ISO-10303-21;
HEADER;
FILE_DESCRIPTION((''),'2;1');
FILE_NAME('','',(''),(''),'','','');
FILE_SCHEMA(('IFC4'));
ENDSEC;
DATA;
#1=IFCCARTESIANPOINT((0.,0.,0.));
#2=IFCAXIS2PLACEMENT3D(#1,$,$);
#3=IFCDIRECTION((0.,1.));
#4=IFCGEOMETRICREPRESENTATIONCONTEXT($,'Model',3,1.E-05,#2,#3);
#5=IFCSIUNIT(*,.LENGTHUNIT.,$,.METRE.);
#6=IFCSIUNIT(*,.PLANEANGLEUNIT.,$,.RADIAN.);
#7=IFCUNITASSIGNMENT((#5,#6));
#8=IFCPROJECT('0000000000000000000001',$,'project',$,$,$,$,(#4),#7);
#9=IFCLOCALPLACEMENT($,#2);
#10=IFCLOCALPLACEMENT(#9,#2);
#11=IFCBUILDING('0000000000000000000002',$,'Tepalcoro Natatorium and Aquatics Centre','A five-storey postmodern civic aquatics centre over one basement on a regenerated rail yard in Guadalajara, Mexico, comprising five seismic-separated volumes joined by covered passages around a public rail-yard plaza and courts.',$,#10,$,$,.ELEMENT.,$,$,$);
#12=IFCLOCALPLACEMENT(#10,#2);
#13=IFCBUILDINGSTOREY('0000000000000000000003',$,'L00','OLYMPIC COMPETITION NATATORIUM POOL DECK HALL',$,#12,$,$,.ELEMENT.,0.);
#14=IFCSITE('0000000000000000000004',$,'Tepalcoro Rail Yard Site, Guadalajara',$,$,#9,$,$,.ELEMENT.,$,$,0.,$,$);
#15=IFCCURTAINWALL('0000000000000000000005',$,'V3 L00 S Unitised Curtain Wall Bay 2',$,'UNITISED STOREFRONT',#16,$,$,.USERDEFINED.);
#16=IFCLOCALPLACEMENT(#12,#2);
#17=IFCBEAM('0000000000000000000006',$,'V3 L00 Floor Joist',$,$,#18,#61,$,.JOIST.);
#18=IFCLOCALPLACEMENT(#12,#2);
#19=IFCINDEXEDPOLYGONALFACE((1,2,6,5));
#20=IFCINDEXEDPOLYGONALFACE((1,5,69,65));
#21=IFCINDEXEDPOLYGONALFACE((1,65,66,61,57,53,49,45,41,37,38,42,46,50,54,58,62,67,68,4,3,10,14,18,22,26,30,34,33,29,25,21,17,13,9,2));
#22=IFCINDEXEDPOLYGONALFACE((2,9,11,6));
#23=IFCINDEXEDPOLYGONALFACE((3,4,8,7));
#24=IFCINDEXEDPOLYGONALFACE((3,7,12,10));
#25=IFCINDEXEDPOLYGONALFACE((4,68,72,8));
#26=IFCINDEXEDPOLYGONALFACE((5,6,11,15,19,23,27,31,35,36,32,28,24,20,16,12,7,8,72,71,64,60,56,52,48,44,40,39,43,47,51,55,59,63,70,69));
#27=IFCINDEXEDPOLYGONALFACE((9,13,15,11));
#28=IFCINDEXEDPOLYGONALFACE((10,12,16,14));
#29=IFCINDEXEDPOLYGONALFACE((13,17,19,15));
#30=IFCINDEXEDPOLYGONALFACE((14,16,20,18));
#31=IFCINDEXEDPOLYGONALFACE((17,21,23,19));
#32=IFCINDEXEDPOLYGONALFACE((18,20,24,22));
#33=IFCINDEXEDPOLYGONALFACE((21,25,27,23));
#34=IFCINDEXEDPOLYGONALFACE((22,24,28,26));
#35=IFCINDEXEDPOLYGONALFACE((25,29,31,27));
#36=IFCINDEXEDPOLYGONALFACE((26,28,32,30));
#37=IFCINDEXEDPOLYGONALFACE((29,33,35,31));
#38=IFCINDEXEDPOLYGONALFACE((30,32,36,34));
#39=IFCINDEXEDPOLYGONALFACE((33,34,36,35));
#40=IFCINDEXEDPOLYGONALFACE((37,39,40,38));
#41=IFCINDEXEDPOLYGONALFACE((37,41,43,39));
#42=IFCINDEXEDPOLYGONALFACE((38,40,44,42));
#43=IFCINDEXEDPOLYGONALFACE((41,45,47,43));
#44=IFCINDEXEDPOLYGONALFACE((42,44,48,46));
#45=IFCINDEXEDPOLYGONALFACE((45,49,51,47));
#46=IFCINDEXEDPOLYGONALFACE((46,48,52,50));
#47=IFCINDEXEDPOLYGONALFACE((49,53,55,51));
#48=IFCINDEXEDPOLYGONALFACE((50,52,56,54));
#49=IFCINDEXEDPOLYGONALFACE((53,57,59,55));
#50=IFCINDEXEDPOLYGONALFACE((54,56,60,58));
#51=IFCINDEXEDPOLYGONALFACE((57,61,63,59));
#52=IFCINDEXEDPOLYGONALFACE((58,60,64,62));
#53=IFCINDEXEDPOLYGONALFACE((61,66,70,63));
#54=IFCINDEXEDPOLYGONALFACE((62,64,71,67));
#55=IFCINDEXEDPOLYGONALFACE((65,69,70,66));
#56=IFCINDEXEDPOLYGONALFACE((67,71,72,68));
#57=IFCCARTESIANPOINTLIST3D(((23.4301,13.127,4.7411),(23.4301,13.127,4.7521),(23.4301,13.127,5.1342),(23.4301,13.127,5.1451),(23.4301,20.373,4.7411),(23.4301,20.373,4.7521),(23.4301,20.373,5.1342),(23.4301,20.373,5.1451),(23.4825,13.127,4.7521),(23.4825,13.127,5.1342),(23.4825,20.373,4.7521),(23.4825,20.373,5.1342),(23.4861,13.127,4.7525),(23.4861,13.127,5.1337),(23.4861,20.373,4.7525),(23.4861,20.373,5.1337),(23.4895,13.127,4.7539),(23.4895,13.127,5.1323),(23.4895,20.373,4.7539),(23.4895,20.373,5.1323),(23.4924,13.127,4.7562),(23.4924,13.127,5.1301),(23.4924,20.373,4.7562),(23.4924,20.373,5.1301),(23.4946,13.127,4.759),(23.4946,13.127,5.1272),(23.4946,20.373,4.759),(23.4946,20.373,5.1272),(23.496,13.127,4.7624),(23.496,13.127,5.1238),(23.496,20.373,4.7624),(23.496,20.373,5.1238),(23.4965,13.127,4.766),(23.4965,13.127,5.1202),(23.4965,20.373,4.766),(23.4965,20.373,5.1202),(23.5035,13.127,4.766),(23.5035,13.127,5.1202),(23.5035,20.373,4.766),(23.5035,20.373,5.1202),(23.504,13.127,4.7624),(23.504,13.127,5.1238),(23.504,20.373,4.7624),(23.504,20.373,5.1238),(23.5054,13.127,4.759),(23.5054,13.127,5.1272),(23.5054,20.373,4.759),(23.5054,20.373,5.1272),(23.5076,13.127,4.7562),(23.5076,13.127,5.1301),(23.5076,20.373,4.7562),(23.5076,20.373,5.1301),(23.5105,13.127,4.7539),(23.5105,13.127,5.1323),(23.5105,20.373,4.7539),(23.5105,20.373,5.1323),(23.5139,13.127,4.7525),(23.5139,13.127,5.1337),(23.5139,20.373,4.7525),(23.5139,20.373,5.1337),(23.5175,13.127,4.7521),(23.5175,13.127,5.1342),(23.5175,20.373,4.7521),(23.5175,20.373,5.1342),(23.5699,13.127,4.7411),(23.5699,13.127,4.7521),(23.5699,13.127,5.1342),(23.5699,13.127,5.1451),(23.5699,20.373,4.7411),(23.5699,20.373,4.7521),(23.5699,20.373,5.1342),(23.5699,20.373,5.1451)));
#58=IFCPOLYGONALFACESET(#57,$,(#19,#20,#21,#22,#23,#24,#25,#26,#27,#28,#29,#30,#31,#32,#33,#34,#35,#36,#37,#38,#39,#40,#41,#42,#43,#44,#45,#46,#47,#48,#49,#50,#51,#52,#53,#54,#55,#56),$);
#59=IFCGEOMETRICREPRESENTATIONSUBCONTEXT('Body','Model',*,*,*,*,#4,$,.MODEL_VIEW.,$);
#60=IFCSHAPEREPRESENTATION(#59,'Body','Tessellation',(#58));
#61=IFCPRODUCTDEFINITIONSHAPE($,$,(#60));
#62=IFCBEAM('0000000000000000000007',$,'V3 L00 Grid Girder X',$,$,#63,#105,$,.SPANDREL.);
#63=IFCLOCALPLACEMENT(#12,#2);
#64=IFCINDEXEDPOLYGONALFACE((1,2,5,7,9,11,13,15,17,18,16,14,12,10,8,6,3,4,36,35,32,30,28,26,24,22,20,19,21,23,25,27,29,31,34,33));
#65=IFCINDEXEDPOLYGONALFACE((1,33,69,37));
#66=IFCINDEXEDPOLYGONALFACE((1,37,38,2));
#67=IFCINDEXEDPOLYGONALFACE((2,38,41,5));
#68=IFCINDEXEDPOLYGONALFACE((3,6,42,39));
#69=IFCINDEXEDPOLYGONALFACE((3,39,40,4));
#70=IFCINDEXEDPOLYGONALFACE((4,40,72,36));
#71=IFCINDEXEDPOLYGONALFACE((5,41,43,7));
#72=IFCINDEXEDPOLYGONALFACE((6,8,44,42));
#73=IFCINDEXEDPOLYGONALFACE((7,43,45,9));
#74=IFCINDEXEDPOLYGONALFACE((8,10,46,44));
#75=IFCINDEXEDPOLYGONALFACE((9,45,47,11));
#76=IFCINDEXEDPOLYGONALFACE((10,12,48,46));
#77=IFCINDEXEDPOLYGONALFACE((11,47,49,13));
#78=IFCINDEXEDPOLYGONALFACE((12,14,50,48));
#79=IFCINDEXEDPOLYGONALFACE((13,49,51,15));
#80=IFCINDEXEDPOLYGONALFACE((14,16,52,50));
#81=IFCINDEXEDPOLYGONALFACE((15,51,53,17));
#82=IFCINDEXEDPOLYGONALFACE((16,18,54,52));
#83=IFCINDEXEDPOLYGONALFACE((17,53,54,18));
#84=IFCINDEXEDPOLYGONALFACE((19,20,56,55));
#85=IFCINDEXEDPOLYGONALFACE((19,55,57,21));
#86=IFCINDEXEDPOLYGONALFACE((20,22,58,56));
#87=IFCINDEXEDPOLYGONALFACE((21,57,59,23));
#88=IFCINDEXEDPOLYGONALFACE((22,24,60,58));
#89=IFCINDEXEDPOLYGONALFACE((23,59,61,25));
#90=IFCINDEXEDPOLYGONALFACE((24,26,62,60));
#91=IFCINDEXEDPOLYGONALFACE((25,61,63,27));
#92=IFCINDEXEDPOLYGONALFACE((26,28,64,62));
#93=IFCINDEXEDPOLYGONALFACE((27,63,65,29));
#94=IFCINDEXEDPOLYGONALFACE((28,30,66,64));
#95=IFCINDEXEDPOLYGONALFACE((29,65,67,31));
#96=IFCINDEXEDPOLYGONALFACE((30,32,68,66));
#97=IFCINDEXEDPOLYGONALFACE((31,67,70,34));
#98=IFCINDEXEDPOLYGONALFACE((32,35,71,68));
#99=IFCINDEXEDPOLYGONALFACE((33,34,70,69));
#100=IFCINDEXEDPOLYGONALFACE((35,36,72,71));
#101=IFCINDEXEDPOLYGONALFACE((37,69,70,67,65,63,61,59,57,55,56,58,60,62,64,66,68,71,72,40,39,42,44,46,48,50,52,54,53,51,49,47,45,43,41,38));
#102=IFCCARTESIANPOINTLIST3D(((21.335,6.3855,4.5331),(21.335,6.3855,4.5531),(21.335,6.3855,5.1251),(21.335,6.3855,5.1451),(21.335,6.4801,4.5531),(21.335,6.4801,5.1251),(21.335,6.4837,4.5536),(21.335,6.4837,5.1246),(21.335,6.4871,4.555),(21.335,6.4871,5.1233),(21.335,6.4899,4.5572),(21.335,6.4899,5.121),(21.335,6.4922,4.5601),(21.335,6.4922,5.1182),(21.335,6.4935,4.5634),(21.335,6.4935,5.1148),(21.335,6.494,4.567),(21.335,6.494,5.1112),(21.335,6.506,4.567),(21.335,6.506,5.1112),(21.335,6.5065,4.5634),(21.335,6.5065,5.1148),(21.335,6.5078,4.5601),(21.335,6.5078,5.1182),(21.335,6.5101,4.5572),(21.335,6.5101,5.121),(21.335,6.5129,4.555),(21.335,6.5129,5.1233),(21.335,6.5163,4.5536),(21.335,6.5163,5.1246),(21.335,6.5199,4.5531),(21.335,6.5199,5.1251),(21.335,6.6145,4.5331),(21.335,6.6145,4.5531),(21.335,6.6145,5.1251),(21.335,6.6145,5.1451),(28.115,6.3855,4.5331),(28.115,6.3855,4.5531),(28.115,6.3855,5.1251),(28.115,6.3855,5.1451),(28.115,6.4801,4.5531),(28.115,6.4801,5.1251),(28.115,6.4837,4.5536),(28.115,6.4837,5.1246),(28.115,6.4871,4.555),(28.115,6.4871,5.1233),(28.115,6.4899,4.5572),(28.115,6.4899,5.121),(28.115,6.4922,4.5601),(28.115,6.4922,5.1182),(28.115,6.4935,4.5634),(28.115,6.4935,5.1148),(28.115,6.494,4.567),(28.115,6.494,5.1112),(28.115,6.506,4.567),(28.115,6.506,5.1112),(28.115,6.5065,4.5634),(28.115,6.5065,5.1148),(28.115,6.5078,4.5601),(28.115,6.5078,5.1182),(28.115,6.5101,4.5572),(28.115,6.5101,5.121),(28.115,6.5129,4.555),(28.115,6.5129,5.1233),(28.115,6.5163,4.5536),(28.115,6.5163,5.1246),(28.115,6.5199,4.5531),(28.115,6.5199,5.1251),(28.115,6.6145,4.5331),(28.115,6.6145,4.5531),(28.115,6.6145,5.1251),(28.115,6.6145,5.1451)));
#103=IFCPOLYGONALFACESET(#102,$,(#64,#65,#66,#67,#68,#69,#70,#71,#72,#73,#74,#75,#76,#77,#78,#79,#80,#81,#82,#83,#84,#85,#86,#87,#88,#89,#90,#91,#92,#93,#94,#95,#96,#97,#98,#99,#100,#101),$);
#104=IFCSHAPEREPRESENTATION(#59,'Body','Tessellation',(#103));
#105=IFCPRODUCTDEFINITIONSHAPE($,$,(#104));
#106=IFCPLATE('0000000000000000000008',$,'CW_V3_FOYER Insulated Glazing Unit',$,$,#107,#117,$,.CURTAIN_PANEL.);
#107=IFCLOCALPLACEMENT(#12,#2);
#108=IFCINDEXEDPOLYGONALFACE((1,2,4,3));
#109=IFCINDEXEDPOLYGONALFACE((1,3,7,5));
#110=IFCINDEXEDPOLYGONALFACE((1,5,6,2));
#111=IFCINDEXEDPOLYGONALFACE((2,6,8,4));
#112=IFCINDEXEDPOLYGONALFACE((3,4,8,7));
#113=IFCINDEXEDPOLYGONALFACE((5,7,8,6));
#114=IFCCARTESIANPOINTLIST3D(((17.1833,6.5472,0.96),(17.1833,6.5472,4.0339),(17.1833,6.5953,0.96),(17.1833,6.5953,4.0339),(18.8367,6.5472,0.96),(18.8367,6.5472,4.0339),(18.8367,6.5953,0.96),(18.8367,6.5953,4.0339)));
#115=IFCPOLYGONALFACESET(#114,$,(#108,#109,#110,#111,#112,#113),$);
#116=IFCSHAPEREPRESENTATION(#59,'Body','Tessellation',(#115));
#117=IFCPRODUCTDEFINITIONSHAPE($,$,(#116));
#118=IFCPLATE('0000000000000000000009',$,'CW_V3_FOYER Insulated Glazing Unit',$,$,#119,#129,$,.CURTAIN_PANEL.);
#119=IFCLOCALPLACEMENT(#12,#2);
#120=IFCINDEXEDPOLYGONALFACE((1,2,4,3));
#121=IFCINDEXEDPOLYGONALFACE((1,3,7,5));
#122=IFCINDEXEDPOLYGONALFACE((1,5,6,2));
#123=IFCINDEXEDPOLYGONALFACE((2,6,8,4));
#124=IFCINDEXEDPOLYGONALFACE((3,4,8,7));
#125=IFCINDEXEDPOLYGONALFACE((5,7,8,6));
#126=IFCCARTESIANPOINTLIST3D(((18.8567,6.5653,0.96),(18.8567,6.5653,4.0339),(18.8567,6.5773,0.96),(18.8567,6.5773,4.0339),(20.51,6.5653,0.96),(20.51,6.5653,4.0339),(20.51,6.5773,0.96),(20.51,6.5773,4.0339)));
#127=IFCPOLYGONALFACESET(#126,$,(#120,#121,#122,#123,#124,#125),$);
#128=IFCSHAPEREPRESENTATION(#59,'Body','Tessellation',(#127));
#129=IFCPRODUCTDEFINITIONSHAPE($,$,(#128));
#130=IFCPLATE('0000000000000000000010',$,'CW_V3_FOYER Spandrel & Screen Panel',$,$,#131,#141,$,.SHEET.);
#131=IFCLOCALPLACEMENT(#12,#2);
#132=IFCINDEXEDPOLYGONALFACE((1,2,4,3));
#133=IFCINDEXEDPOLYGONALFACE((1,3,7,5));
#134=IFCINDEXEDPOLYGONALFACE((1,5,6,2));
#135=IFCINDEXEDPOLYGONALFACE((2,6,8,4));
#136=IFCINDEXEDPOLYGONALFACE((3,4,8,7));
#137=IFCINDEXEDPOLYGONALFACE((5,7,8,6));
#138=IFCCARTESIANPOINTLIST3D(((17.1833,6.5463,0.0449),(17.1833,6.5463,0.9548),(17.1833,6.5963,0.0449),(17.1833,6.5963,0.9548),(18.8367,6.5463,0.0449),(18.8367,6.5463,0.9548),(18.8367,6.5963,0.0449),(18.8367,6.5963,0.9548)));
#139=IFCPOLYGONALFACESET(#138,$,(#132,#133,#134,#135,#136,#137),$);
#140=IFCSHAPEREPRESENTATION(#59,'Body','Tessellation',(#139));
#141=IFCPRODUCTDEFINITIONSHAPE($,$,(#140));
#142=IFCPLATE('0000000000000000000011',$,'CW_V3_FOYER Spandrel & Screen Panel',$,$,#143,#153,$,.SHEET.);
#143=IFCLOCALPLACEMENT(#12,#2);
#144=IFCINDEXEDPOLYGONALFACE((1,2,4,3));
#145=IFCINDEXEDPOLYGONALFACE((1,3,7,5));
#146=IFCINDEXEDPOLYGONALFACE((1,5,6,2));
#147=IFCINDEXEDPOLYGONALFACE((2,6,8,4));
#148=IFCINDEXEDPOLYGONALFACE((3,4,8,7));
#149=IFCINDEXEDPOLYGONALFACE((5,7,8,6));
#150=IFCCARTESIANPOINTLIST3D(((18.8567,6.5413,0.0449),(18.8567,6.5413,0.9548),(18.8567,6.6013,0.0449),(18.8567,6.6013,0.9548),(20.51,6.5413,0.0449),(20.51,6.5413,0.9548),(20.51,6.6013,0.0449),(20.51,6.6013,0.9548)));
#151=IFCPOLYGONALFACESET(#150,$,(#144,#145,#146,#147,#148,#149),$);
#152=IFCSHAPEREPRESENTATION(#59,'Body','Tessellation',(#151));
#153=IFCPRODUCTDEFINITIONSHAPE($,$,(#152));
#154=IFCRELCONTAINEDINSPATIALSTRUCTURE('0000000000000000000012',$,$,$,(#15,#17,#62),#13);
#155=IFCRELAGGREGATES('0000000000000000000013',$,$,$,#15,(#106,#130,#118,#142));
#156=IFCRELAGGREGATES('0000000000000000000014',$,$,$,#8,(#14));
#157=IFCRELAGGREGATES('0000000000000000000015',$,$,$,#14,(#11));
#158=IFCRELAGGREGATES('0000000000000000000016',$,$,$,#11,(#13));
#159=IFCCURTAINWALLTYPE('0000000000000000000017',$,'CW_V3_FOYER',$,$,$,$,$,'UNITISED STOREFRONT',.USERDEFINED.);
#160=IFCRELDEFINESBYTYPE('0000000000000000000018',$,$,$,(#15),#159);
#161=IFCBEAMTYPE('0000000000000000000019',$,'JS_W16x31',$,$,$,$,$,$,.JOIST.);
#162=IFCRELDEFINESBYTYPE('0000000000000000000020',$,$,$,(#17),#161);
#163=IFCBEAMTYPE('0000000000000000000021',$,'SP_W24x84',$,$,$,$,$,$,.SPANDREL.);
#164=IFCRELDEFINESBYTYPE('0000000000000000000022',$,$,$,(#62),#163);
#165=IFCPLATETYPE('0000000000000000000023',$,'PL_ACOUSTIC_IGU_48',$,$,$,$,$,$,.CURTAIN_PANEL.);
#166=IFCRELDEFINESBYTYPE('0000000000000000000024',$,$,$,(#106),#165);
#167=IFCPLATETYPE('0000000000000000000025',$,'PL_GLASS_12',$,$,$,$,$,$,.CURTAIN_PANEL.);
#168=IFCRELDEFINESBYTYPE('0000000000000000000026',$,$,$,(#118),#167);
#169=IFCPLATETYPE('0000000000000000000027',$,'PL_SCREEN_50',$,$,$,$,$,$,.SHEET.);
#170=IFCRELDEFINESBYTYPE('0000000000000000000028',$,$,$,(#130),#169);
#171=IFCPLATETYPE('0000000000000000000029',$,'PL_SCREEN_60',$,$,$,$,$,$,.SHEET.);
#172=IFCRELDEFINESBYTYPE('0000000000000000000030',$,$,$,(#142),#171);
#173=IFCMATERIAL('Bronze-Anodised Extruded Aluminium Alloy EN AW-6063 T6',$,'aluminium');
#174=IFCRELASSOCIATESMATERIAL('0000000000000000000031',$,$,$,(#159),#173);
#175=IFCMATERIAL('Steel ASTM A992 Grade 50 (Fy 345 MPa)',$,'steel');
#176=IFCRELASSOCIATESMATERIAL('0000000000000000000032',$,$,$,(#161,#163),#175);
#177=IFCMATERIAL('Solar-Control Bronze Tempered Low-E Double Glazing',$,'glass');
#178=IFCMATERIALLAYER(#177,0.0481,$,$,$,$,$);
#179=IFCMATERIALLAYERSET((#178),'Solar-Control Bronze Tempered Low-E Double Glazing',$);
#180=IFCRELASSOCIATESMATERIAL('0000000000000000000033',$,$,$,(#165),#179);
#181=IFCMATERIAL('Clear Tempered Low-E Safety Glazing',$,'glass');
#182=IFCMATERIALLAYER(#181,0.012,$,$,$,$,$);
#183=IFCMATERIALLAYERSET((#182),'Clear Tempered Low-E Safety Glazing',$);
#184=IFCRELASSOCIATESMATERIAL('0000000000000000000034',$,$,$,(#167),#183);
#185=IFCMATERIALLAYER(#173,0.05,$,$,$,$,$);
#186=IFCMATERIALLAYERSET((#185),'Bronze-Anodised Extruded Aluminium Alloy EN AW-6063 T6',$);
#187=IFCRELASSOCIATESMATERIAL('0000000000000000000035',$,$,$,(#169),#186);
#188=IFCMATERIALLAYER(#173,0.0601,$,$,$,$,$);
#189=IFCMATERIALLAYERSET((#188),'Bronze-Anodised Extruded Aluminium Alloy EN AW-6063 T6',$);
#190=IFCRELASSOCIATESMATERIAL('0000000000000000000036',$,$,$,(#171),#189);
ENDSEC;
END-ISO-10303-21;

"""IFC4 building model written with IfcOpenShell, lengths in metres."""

from ifc_helpers import new_model, si_unit, direction, frame, origin, origin_2d, place, context, subcontext, project, spatial, rectangle, i_section, extrude, material, layer, layer_set, material_profile, profile_set, type_object, element, aggregate, save


model = new_model("IFC4")

# Units and contexts
model_context = context("Model", 3, precision=1e-05, world=origin(), true_north=direction((0.0, 1.0)))
body_context = subcontext(model_context, "Body", "Model", "MODEL_VIEW")
ifc_project = project(units=[si_unit("LENGTHUNIT", "METRE"), si_unit("PLANEANGLEUNIT", "RADIAN")], contexts=[model_context])

# Site, building, storey
site_placement = place(None, origin())
site = spatial("IfcSite", under=ifc_project, at=site_placement, Name="Tepalcoro Rail Yard Site, Guadalajara", CompositionType="ELEMENT", RefElevation=0.0)
building_placement = place(site_placement, origin())
building = spatial("IfcBuilding", under=site, at=building_placement, Name="Tepalcoro Natatorium and Aquatics Centre", Description="A five-storey postmodern civic aquatics centre over one basement on a regenerated rail yard in Guadalajara, Mexico, comprising five seismic-separated volumes joined by covered passages around a public rail-yard plaza and courts.", CompositionType="ELEMENT")
storey_placement = place(building_placement, origin())
storey = spatial("IfcBuildingStorey", under=building, at=storey_placement, Name="L00", Description="OLYMPIC COMPETITION NATATORIUM POOL DECK HALL", CompositionType="ELEMENT", Elevation=0.0)

# Shared definitions
ifc_material_1 = material(Name="Steel ASTM A992 Grade 50 (Fy 345 MPa)", Category="steel")

# Curtain wall
ifc_material_2 = material(Name="Bronze-Anodised Extruded Aluminium Alloy EN AW-6063 T6", Category="aluminium")
curtain_wall_type = type_object("IfcCurtainWallType", Name="CW_V3_FOYER", ElementType="UNITISED STOREFRONT", PredefinedType="USERDEFINED", material=ifc_material_2)
curtain_wall_placement = place(storey_placement, origin())
curtain_wall = element("IfcCurtainWall", 1, at=curtain_wall_placement, inside=storey, type_object=curtain_wall_type, Name="V3 L00 S Unitised Curtain Wall Bay 2", ObjectType="UNITISED STOREFRONT", PredefinedType="USERDEFINED")

# Beams
ifc_material_profile_1 = material_profile(ifc_material_1, i_section(OverallWidth=0.1399, OverallDepth=0.4041, WebThickness=0.0071, FlangeThickness=0.011, FilletRadius=0.0139, at=origin_2d()), Name="W16X31")
ifc_profile_set_1 = profile_set([ifc_material_profile_1], Name="Steel ASTM A992 Grade 50 (Fy 345 MPa)")
beam_type_1 = type_object("IfcBeamType", Name="JS_W16x31", PredefinedType="JOIST", material=ifc_profile_set_1)
beam_1_placement = place(storey_placement, frame((23.5, 13.127, 4.9431), z_axis=(0.0, 1.0, 0.0), x_axis=(-1.0, 0.0, 0.0)))
element("IfcBeam", 2, at=beam_1_placement, inside=storey, type_object=beam_type_1, Name="V3 L00 Floor Joist", PredefinedType="JOIST", context=body_context, shape_type="SweptSolid", body=[
    extrude(i_section(OverallWidth=0.1399, OverallDepth=0.4041, WebThickness=0.0071, FlangeThickness=0.011, FilletRadius=0.0139, at=origin_2d()), origin(), (0.0, 0.0, 1.0), 7.2461),
])
ifc_material_profile_2 = material_profile(ifc_material_1, i_section(OverallWidth=0.229, OverallDepth=0.6121, WebThickness=0.012, FlangeThickness=0.02, FilletRadius=0.0139, at=origin_2d()), Name="W24X84")
ifc_profile_set_2 = profile_set([ifc_material_profile_2], Name="Steel ASTM A992 Grade 50 (Fy 345 MPa)")
beam_type_2 = type_object("IfcBeamType", Name="SP_W24x84", PredefinedType="SPANDREL", material=ifc_profile_set_2)
beam_2_placement = place(storey_placement, frame((21.335, 6.5, 4.8391), z_axis=(1.0, 0.0, 0.0), x_axis=(0.0, 1.0, 0.0)))
element("IfcBeam", 3, at=beam_2_placement, inside=storey, type_object=beam_type_2, Name="V3 L00 Grid Girder X", PredefinedType="SPANDREL", context=body_context, shape_type="SweptSolid", body=[
    extrude(i_section(OverallWidth=0.229, OverallDepth=0.6121, WebThickness=0.012, FlangeThickness=0.02, FilletRadius=0.0139, at=origin_2d()), origin(), (0.0, 0.0, 1.0), 6.78),
])

# Plates
ifc_material_3 = material(Name="Solar-Control Bronze Tempered Low-E Double Glazing", Category="glass")
ifc_layer_1 = layer(ifc_material_3, 0.0481)
ifc_layer_set_1 = layer_set([ifc_layer_1], Name="Solar-Control Bronze Tempered Low-E Double Glazing")
plate_type_1 = type_object("IfcPlateType", Name="PL_ACOUSTIC_IGU_48", PredefinedType="CURTAIN_PANEL", material=ifc_layer_set_1)
plate_1_placement = place(storey_placement, frame((18.01, 6.5713, 0.96), z_axis=(0.0, 0.0, 1.0), x_axis=(1.0, 0.0, 0.0)))
plate_1 = element("IfcPlate", 4, at=plate_1_placement, type_object=plate_type_1, Name="CW_V3_FOYER Insulated Glazing Unit", PredefinedType="CURTAIN_PANEL", context=body_context, shape_type="SweptSolid", body=[
    extrude(rectangle(XDim=1.6533, YDim=0.0481, at=origin_2d()), origin(), (0.0, 0.0, 1.0), 3.074),
])
ifc_material_4 = material(Name="Clear Tempered Low-E Safety Glazing", Category="glass")
ifc_layer_2 = layer(ifc_material_4, 0.012)
ifc_layer_set_2 = layer_set([ifc_layer_2], Name="Clear Tempered Low-E Safety Glazing")
plate_type_2 = type_object("IfcPlateType", Name="PL_GLASS_12", PredefinedType="CURTAIN_PANEL", material=ifc_layer_set_2)
plate_2_placement = place(storey_placement, frame((19.6833, 6.5713, 0.96), z_axis=(0.0, 0.0, 1.0), x_axis=(1.0, 0.0, 0.0)))
plate_2 = element("IfcPlate", 5, at=plate_2_placement, type_object=plate_type_2, Name="CW_V3_FOYER Insulated Glazing Unit", PredefinedType="CURTAIN_PANEL", context=body_context, shape_type="SweptSolid", body=[
    extrude(rectangle(XDim=1.6533, YDim=0.012, at=origin_2d()), origin(), (0.0, 0.0, 1.0), 3.074),
])
ifc_layer_3 = layer(ifc_material_2, 0.05)
ifc_layer_set_3 = layer_set([ifc_layer_3], Name="Bronze-Anodised Extruded Aluminium Alloy EN AW-6063 T6")
plate_type_3 = type_object("IfcPlateType", Name="PL_SCREEN_50", PredefinedType="SHEET", material=ifc_layer_set_3)
plate_3_placement = place(storey_placement, frame((18.01, 6.5713, 0.0449), z_axis=(0.0, 0.0, 1.0), x_axis=(1.0, 0.0, 0.0)))
plate_3 = element("IfcPlate", 6, at=plate_3_placement, type_object=plate_type_3, Name="CW_V3_FOYER Spandrel & Screen Panel", PredefinedType="SHEET", context=body_context, shape_type="SweptSolid", body=[
    extrude(rectangle(XDim=1.6533, YDim=0.05, at=origin_2d()), origin(), (0.0, 0.0, 1.0), 0.9099),
])
ifc_layer_4 = layer(ifc_material_2, 0.0601)
ifc_layer_set_4 = layer_set([ifc_layer_4], Name="Bronze-Anodised Extruded Aluminium Alloy EN AW-6063 T6")
plate_type_4 = type_object("IfcPlateType", Name="PL_SCREEN_60", PredefinedType="SHEET", material=ifc_layer_set_4)
plate_4_placement = place(storey_placement, frame((19.6833, 6.5713, 0.0449), z_axis=(0.0, 0.0, 1.0), x_axis=(1.0, 0.0, 0.0)))
plate_4 = element("IfcPlate", 7, at=plate_4_placement, type_object=plate_type_4, Name="CW_V3_FOYER Spandrel & Screen Panel", PredefinedType="SHEET", context=body_context, shape_type="SweptSolid", body=[
    extrude(rectangle(XDim=1.6533, YDim=0.0601, at=origin_2d()), origin(), (0.0, 0.0, 1.0), 0.9099),
])
aggregate(curtain_wall, [plate_1, plate_3, plate_2, plate_4])

save(model, "model.ifc")
